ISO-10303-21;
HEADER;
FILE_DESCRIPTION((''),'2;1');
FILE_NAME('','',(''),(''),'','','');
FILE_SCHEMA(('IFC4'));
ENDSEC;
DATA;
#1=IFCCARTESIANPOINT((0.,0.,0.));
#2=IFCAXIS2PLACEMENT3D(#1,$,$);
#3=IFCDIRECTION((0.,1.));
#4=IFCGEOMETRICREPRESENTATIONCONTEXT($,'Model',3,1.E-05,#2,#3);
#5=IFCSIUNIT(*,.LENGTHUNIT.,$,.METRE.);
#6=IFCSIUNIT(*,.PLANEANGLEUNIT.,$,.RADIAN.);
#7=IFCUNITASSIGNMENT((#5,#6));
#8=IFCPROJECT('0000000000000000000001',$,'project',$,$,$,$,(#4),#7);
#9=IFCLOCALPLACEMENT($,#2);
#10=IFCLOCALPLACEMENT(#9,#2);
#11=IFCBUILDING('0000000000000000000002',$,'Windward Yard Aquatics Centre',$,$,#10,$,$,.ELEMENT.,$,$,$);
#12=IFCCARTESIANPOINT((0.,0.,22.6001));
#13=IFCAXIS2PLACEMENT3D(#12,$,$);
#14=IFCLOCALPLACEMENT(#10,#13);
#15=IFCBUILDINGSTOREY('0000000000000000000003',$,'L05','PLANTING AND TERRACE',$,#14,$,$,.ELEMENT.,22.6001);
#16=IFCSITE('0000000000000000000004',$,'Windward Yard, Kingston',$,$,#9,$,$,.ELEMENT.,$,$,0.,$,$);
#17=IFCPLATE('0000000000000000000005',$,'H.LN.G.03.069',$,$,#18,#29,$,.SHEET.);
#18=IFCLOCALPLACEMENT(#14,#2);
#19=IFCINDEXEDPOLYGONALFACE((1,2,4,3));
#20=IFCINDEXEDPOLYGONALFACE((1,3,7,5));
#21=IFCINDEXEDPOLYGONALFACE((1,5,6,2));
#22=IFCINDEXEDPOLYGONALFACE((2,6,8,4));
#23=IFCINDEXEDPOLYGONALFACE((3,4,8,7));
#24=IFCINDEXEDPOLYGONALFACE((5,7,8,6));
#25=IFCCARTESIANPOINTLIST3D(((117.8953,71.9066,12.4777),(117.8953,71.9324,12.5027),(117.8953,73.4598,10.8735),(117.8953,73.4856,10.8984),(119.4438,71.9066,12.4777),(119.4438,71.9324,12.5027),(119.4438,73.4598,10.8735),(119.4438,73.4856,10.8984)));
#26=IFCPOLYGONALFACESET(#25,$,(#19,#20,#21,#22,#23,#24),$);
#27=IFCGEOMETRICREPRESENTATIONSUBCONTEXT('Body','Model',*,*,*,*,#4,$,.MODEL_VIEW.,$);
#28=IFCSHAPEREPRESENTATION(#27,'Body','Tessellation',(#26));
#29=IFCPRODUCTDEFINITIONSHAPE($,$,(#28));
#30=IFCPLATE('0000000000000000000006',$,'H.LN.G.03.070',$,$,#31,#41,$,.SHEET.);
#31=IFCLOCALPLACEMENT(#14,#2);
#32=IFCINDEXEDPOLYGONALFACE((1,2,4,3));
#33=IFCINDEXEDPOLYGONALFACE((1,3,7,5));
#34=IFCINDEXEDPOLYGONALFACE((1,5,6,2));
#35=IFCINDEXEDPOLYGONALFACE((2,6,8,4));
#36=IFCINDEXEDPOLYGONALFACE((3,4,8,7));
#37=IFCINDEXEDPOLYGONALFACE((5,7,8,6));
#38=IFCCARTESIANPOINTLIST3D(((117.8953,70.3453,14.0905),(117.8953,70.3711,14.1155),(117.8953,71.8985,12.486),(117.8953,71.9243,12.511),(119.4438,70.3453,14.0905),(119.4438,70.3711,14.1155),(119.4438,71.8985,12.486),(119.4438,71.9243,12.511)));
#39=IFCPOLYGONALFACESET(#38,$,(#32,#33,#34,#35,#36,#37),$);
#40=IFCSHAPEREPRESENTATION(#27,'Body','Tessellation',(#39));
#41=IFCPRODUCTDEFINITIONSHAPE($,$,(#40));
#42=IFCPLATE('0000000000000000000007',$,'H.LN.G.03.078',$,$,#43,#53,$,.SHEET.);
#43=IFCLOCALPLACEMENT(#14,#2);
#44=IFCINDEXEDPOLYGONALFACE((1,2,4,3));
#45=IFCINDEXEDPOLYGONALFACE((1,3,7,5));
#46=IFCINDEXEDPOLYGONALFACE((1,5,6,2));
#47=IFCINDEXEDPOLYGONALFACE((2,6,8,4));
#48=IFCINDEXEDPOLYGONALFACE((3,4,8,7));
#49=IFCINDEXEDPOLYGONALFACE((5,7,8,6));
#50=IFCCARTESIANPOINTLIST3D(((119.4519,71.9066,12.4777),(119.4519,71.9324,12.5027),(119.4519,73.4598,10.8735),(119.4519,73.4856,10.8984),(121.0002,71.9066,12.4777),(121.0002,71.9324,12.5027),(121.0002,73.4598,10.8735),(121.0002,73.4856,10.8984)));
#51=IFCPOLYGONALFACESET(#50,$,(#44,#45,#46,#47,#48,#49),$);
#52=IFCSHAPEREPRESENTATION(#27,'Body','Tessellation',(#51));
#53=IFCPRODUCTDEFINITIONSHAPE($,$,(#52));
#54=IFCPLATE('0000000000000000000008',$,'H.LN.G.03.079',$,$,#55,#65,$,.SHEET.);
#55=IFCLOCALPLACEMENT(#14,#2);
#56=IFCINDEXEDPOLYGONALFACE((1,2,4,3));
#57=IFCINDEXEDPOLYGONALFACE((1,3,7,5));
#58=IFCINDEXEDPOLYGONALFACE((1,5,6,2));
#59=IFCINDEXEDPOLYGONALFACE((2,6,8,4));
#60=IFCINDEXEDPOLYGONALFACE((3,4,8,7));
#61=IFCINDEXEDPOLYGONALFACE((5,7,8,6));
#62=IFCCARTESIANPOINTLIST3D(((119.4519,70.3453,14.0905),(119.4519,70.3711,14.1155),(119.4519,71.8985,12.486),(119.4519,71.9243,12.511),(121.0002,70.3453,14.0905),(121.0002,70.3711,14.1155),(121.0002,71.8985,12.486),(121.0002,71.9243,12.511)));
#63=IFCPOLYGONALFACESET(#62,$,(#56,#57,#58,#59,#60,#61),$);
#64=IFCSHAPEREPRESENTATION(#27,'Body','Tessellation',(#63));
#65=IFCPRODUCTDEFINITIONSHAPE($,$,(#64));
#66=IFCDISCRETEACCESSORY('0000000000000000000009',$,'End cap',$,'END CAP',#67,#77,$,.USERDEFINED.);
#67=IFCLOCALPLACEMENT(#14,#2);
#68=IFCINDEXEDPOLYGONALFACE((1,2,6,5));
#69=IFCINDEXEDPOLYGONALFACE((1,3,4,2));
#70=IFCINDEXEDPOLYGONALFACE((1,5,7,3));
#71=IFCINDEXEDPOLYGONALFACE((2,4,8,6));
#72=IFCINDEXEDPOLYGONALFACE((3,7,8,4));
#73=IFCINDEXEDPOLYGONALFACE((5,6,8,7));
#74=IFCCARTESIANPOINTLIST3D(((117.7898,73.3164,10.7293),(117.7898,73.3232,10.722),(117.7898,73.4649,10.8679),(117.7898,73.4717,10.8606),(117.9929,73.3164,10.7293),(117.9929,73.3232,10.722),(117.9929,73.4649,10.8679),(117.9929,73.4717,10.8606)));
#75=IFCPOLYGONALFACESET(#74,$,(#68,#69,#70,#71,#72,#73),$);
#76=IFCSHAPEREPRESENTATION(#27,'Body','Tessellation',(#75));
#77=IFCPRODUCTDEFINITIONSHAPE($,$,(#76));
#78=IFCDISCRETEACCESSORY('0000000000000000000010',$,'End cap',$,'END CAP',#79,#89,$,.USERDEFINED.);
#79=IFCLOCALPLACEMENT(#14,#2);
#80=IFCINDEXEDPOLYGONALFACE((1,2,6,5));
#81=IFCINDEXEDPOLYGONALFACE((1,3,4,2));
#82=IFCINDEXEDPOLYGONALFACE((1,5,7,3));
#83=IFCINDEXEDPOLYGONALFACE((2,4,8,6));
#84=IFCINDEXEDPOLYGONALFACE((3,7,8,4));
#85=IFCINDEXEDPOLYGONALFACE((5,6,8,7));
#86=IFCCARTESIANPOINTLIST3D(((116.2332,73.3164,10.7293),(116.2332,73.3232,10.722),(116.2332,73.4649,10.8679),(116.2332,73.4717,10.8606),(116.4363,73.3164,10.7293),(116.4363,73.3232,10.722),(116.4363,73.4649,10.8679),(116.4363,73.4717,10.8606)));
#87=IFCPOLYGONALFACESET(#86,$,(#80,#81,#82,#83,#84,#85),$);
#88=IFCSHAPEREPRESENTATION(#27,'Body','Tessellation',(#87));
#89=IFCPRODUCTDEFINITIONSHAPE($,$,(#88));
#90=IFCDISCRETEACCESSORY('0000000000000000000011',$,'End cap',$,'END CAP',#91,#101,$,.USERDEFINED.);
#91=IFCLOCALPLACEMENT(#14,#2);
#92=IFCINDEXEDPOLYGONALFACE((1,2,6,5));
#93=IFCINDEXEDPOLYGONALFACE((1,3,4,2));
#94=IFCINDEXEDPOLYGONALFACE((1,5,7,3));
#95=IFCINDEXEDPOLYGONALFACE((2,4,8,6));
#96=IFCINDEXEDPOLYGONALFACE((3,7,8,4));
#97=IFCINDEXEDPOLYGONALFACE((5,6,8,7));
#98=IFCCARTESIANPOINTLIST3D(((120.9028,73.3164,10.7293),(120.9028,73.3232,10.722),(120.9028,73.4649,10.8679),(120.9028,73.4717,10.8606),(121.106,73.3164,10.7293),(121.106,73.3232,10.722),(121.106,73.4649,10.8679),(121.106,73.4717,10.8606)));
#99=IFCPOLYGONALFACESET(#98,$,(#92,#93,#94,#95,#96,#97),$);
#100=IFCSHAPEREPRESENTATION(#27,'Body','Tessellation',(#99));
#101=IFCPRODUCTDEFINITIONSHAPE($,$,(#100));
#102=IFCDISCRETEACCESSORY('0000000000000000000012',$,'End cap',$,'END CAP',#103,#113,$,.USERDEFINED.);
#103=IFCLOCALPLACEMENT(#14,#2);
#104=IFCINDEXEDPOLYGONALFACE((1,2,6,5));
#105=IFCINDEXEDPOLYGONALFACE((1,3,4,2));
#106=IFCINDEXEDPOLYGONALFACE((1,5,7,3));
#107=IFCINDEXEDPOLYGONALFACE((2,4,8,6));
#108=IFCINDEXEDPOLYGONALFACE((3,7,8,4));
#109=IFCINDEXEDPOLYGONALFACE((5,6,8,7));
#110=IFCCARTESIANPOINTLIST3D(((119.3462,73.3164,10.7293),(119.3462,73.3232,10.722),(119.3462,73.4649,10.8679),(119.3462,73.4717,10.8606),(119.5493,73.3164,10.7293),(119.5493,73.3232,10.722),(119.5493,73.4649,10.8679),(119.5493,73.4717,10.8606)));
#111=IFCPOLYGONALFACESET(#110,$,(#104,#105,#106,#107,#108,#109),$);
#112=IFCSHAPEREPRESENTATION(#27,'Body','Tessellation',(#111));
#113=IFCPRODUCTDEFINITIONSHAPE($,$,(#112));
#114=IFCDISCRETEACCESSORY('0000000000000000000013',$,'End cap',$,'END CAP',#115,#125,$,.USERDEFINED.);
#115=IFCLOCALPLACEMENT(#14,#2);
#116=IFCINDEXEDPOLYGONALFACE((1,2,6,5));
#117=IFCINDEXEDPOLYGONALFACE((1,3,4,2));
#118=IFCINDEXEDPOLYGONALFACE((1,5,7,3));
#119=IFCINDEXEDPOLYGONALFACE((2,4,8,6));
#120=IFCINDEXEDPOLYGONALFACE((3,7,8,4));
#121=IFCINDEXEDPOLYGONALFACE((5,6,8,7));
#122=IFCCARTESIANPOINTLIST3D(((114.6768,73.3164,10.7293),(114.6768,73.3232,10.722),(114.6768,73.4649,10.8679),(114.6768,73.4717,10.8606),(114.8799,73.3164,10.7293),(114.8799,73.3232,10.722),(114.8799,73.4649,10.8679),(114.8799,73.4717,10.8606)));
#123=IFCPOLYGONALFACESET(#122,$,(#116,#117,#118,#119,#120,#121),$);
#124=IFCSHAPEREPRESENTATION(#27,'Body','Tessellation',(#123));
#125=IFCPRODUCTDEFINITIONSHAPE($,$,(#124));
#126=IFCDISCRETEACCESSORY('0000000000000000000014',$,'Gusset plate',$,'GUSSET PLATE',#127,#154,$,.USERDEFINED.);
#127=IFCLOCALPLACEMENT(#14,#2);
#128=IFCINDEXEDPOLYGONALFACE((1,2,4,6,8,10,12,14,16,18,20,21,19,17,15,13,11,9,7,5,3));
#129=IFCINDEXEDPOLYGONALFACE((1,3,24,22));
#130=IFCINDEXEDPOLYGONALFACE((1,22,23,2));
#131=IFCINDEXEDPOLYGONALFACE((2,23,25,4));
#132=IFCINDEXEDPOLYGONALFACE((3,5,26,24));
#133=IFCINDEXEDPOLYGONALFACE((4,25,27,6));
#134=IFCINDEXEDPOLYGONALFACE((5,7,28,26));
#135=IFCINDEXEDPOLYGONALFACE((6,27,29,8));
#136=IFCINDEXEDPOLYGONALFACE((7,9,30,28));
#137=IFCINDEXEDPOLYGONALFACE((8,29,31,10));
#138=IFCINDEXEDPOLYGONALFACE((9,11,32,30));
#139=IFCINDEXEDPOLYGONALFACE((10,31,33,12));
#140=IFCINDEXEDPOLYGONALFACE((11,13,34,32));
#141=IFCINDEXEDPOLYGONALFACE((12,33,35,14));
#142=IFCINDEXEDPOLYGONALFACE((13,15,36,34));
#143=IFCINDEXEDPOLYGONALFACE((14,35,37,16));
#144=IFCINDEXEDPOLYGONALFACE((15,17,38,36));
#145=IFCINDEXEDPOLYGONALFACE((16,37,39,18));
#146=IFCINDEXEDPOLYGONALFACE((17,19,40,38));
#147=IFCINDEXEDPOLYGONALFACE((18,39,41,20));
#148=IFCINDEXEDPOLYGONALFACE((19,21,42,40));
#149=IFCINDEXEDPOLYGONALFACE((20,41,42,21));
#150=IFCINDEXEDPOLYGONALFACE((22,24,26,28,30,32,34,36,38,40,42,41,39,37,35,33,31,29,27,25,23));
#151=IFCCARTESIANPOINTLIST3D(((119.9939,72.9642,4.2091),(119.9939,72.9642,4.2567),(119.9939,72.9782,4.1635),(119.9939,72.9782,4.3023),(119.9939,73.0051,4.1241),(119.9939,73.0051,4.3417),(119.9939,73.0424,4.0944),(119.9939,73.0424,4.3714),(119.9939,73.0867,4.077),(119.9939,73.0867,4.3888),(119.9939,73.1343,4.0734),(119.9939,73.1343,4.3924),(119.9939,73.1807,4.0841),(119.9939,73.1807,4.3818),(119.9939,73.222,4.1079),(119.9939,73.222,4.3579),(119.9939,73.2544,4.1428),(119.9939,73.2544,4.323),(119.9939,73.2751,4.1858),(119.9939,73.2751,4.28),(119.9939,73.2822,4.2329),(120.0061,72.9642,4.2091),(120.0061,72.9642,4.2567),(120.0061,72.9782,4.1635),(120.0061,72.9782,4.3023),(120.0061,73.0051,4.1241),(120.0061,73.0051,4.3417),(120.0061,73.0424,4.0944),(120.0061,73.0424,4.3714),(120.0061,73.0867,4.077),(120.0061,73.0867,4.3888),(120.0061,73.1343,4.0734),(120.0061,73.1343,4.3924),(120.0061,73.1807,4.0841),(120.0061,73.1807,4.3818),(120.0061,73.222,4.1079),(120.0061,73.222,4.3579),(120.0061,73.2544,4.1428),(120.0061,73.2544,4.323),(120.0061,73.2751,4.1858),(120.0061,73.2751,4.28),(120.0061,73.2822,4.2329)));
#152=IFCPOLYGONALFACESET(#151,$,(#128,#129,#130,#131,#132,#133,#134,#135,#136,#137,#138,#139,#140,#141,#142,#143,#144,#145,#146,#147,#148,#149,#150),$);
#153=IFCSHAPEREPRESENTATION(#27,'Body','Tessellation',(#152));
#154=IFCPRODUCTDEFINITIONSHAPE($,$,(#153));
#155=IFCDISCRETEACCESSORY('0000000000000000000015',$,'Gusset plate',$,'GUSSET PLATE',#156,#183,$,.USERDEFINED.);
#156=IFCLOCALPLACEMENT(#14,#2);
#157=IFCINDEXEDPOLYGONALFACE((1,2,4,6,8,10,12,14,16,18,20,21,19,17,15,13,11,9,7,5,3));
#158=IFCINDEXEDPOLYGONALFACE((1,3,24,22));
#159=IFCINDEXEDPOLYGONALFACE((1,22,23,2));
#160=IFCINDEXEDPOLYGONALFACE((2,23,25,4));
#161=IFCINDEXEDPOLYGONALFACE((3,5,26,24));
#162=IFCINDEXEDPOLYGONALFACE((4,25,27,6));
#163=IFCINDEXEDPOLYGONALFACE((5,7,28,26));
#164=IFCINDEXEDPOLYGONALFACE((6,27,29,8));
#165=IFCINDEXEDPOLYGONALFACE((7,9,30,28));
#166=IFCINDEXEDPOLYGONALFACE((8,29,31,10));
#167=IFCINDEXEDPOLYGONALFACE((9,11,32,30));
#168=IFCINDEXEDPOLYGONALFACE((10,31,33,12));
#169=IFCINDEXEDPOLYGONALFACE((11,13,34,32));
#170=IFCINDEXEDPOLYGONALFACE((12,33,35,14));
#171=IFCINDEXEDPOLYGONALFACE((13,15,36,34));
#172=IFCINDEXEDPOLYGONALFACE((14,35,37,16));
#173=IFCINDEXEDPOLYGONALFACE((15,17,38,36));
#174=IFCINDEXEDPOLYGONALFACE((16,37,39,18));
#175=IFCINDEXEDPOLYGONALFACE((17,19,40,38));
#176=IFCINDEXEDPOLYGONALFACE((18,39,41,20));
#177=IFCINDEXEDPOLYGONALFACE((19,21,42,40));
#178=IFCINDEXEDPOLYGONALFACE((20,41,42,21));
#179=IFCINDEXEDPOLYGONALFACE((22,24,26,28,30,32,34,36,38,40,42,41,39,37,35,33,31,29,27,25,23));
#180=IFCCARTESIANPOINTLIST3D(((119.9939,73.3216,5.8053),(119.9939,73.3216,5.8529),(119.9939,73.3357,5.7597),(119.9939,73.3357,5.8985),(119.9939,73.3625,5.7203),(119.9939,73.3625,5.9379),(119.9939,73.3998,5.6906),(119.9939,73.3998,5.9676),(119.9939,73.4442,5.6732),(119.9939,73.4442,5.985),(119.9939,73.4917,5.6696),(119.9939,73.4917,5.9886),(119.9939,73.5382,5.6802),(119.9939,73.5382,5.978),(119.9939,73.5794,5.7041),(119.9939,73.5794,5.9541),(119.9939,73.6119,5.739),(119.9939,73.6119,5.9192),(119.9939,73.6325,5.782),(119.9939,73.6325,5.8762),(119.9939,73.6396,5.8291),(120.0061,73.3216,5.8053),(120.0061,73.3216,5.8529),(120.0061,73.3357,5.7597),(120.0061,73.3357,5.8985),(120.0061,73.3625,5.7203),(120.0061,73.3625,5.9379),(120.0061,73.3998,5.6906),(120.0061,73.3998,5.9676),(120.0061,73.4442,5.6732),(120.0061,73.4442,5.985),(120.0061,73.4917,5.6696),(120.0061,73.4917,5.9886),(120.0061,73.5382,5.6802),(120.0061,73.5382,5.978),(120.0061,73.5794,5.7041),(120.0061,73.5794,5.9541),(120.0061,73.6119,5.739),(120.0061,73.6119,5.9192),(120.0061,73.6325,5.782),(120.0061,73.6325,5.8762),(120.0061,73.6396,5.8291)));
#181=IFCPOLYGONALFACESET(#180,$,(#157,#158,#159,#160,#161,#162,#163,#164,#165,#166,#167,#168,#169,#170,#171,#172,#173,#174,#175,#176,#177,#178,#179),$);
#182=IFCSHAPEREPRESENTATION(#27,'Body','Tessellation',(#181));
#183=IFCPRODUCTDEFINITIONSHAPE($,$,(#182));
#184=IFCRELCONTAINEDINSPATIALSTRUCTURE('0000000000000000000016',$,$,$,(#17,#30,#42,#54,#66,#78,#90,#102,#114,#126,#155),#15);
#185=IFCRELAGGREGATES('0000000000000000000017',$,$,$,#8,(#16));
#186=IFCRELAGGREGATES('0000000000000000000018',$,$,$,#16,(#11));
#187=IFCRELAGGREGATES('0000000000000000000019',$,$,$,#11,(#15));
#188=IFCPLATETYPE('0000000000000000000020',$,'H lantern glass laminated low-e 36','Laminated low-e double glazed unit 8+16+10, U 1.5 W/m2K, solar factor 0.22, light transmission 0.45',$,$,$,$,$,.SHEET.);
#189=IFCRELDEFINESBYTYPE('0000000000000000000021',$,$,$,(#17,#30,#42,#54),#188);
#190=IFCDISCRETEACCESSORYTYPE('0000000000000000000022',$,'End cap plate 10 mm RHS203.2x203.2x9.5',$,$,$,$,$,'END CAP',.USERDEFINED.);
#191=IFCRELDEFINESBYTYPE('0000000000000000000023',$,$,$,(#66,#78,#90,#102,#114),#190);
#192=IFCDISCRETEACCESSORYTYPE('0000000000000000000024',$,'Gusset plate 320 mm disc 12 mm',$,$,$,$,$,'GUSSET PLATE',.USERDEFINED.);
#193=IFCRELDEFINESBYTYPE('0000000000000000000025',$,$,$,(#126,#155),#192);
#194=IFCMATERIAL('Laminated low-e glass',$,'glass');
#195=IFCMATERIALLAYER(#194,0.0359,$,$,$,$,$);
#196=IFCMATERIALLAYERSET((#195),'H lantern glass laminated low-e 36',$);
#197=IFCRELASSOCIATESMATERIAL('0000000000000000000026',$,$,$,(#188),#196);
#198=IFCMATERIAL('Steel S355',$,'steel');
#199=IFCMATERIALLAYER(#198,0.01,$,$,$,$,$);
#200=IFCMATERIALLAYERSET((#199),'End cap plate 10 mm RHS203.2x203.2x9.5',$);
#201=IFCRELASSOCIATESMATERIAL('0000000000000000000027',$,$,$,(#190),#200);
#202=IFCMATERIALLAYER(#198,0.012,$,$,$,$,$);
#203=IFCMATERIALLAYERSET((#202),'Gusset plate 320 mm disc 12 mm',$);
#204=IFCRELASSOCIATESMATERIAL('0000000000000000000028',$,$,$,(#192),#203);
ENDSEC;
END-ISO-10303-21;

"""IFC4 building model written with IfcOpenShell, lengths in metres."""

from ifc_helpers import new_model, si_unit, direction, frame, origin, origin_2d, place, context, subcontext, project, spatial, polyline, rectangle, circle, outline, extrude, material, layer, layer_set, type_object, element, save


model = new_model("IFC4")

# Units and contexts
model_context = context("Model", 3, precision=1e-05, world=origin(), true_north=direction((0.0, 1.0)))
body_context = subcontext(model_context, "Body", "Model", "MODEL_VIEW")
ifc_project = project(units=[si_unit("LENGTHUNIT", "METRE"), si_unit("PLANEANGLEUNIT", "RADIAN")], contexts=[model_context])

# Site, building, storey
site_placement = place(None, origin())
site = spatial("IfcSite", under=ifc_project, at=site_placement, Name="Windward Yard, Kingston", CompositionType="ELEMENT", RefElevation=0.0)
building_placement = place(site_placement, origin())
building = spatial("IfcBuilding", under=site, at=building_placement, Name="Windward Yard Aquatics Centre", CompositionType="ELEMENT")
storey_placement = place(building_placement, frame((0.0, 0.0, 22.6001)))
storey = spatial("IfcBuildingStorey", under=building, at=storey_placement, Name="L05", Description="PLANTING AND TERRACE", CompositionType="ELEMENT", Elevation=22.6001)

# Plates
ifc_material_1 = material(Name="Laminated low-e glass", Category="glass")
ifc_layer_1 = layer(ifc_material_1, 0.0359)
ifc_layer_set_1 = layer_set([ifc_layer_1], Name="H lantern glass laminated low-e 36")
plate_type = type_object("IfcPlateType", Name="H lantern glass laminated low-e 36", Description="Laminated low-e double glazed unit 8+16+10, U 1.5 W/m2K, solar factor 0.22, light transmission 0.45", PredefinedType="SHEET", material=ifc_layer_set_1)
plate_1_placement = place(storey_placement, frame((117.8953, 71.9324, 12.5027), z_axis=(0.0, 0.71844, 0.695589), x_axis=(0.0, 0.695589, -0.71844)))
element("IfcPlate", 1, at=plate_1_placement, inside=storey, type_object=plate_type, Name="H.LN.G.03.069", PredefinedType="SHEET", context=body_context, shape_type="SweptSolid", body=[
    extrude(outline(polyline([(0.0, 0.0), (2.233, 0.0), (2.233, -1.5486), (0.0, -1.5486), (0.0, 0.0)])), origin(), (0.0, 0.0, -1.0), 0.0359),
])
plate_2_placement = place(storey_placement, frame((117.8953, 70.3711, 14.1155), z_axis=(0.0, 0.718493, 0.695534), x_axis=(0.0, 0.695534, -0.718493)))
element("IfcPlate", 2, at=plate_2_placement, inside=storey, type_object=plate_type, Name="H.LN.G.03.070", PredefinedType="SHEET", context=body_context, shape_type="SweptSolid", body=[
    extrude(outline(polyline([(0.0, 0.0), (2.2331, 0.0), (2.2331, -1.5486), (0.0, -1.5486), (0.0, 0.0)])), origin(), (0.0, 0.0, -1.0), 0.0359),
])
plate_3_placement = place(storey_placement, frame((119.4519, 71.9324, 12.5027), z_axis=(0.0, 0.71844, 0.695589), x_axis=(0.0, 0.695589, -0.71844)))
element("IfcPlate", 3, at=plate_3_placement, inside=storey, type_object=plate_type, Name="H.LN.G.03.078", PredefinedType="SHEET", context=body_context, shape_type="SweptSolid", body=[
    extrude(outline(polyline([(0.0, 0.0), (2.233, 0.0), (2.233, -1.5483), (0.0, -1.5483), (0.0, 0.0)])), origin(), (0.0, 0.0, -1.0), 0.0359),
])
plate_4_placement = place(storey_placement, frame((119.4519, 70.3711, 14.1155), z_axis=(0.0, 0.718493, 0.695534), x_axis=(0.0, 0.695534, -0.718493)))
element("IfcPlate", 4, at=plate_4_placement, inside=storey, type_object=plate_type, Name="H.LN.G.03.079", PredefinedType="SHEET", context=body_context, shape_type="SweptSolid", body=[
    extrude(outline(polyline([(0.0, 0.0), (2.2331, 0.0), (2.2331, -1.5483), (0.0, -1.5483), (0.0, 0.0)])), origin(), (0.0, 0.0, -1.0), 0.0359),
])

# Discrete accessories
ifc_material_2 = material(Name="Steel S355", Category="steel")
ifc_layer_2 = layer(ifc_material_2, 0.01)
ifc_layer_set_2 = layer_set([ifc_layer_2], Name="End cap plate 10 mm RHS203.2x203.2x9.5")
discrete_accessory_type_1 = type_object("IfcDiscreteAccessoryType", Name="End cap plate 10 mm RHS203.2x203.2x9.5", ElementType="END CAP", PredefinedType="USERDEFINED", material=ifc_layer_set_2)
for number, where, z_axis, x_axis, name in (
    (5, (117.8914, 73.3975, 10.7913), (0.0, -0.682318, 0.731055), (1.0, 0.0, 0.0), "End cap"),
    (6, (116.3347, 73.3975, 10.7913), (0.0, -0.682318, 0.731055), (1.0, 0.0, 0.0), "End cap"),
    (7, (121.0044, 73.3975, 10.7913), (0.0, -0.682318, 0.731055), (1.0, 0.0, 0.0), "End cap"),
    (8, (119.4478, 73.3975, 10.7913), (0.0, -0.682318, 0.731055), (1.0, 0.0, 0.0), "End cap"),
    (9, (114.7783, 73.3975, 10.7913), (0.0, -0.682318, 0.731055), (1.0, 0.0, 0.0), "End cap"),
):
    element("IfcDiscreteAccessory", number, at=place(storey_placement, frame(where, z_axis=z_axis, x_axis=x_axis)), inside=storey, type_object=discrete_accessory_type_1, Name=name, ObjectType="END CAP", PredefinedType="USERDEFINED", context=body_context, shape_type="SweptSolid", body=[
        extrude(rectangle(XDim=0.2031, YDim=0.2031, at=origin_2d()), origin(), (0.0, 0.0, 1.0), 0.01),
    ])
ifc_layer_3 = layer(ifc_material_2, 0.012)
ifc_layer_set_3 = layer_set([ifc_layer_3], Name="Gusset plate 320 mm disc 12 mm")
discrete_accessory_type_2 = type_object("IfcDiscreteAccessoryType", Name="Gusset plate 320 mm disc 12 mm", ElementType="GUSSET PLATE", PredefinedType="USERDEFINED", material=ifc_layer_set_3)
for number, where, z_axis, x_axis, name in (
    (10, (119.9939, 73.1223, 4.2329), (1.0, 0.0, 0.0), (0.0, 1.0, 0.0), "Gusset plate"),
    (11, (119.9939, 73.4797, 5.8291), (1.0, 0.0, 0.0), (0.0, 1.0, 0.0), "Gusset plate"),
):
    element("IfcDiscreteAccessory", number, at=place(storey_placement, frame(where, z_axis=z_axis, x_axis=x_axis)), inside=storey, type_object=discrete_accessory_type_2, Name=name, ObjectType="GUSSET PLATE", PredefinedType="USERDEFINED", context=body_context, shape_type="SweptSolid", body=[
        extrude(circle(Radius=0.1599, at=origin_2d()), origin(), (0.0, 0.0, 1.0), 0.0122),
    ])

save(model, "model.ifc")
